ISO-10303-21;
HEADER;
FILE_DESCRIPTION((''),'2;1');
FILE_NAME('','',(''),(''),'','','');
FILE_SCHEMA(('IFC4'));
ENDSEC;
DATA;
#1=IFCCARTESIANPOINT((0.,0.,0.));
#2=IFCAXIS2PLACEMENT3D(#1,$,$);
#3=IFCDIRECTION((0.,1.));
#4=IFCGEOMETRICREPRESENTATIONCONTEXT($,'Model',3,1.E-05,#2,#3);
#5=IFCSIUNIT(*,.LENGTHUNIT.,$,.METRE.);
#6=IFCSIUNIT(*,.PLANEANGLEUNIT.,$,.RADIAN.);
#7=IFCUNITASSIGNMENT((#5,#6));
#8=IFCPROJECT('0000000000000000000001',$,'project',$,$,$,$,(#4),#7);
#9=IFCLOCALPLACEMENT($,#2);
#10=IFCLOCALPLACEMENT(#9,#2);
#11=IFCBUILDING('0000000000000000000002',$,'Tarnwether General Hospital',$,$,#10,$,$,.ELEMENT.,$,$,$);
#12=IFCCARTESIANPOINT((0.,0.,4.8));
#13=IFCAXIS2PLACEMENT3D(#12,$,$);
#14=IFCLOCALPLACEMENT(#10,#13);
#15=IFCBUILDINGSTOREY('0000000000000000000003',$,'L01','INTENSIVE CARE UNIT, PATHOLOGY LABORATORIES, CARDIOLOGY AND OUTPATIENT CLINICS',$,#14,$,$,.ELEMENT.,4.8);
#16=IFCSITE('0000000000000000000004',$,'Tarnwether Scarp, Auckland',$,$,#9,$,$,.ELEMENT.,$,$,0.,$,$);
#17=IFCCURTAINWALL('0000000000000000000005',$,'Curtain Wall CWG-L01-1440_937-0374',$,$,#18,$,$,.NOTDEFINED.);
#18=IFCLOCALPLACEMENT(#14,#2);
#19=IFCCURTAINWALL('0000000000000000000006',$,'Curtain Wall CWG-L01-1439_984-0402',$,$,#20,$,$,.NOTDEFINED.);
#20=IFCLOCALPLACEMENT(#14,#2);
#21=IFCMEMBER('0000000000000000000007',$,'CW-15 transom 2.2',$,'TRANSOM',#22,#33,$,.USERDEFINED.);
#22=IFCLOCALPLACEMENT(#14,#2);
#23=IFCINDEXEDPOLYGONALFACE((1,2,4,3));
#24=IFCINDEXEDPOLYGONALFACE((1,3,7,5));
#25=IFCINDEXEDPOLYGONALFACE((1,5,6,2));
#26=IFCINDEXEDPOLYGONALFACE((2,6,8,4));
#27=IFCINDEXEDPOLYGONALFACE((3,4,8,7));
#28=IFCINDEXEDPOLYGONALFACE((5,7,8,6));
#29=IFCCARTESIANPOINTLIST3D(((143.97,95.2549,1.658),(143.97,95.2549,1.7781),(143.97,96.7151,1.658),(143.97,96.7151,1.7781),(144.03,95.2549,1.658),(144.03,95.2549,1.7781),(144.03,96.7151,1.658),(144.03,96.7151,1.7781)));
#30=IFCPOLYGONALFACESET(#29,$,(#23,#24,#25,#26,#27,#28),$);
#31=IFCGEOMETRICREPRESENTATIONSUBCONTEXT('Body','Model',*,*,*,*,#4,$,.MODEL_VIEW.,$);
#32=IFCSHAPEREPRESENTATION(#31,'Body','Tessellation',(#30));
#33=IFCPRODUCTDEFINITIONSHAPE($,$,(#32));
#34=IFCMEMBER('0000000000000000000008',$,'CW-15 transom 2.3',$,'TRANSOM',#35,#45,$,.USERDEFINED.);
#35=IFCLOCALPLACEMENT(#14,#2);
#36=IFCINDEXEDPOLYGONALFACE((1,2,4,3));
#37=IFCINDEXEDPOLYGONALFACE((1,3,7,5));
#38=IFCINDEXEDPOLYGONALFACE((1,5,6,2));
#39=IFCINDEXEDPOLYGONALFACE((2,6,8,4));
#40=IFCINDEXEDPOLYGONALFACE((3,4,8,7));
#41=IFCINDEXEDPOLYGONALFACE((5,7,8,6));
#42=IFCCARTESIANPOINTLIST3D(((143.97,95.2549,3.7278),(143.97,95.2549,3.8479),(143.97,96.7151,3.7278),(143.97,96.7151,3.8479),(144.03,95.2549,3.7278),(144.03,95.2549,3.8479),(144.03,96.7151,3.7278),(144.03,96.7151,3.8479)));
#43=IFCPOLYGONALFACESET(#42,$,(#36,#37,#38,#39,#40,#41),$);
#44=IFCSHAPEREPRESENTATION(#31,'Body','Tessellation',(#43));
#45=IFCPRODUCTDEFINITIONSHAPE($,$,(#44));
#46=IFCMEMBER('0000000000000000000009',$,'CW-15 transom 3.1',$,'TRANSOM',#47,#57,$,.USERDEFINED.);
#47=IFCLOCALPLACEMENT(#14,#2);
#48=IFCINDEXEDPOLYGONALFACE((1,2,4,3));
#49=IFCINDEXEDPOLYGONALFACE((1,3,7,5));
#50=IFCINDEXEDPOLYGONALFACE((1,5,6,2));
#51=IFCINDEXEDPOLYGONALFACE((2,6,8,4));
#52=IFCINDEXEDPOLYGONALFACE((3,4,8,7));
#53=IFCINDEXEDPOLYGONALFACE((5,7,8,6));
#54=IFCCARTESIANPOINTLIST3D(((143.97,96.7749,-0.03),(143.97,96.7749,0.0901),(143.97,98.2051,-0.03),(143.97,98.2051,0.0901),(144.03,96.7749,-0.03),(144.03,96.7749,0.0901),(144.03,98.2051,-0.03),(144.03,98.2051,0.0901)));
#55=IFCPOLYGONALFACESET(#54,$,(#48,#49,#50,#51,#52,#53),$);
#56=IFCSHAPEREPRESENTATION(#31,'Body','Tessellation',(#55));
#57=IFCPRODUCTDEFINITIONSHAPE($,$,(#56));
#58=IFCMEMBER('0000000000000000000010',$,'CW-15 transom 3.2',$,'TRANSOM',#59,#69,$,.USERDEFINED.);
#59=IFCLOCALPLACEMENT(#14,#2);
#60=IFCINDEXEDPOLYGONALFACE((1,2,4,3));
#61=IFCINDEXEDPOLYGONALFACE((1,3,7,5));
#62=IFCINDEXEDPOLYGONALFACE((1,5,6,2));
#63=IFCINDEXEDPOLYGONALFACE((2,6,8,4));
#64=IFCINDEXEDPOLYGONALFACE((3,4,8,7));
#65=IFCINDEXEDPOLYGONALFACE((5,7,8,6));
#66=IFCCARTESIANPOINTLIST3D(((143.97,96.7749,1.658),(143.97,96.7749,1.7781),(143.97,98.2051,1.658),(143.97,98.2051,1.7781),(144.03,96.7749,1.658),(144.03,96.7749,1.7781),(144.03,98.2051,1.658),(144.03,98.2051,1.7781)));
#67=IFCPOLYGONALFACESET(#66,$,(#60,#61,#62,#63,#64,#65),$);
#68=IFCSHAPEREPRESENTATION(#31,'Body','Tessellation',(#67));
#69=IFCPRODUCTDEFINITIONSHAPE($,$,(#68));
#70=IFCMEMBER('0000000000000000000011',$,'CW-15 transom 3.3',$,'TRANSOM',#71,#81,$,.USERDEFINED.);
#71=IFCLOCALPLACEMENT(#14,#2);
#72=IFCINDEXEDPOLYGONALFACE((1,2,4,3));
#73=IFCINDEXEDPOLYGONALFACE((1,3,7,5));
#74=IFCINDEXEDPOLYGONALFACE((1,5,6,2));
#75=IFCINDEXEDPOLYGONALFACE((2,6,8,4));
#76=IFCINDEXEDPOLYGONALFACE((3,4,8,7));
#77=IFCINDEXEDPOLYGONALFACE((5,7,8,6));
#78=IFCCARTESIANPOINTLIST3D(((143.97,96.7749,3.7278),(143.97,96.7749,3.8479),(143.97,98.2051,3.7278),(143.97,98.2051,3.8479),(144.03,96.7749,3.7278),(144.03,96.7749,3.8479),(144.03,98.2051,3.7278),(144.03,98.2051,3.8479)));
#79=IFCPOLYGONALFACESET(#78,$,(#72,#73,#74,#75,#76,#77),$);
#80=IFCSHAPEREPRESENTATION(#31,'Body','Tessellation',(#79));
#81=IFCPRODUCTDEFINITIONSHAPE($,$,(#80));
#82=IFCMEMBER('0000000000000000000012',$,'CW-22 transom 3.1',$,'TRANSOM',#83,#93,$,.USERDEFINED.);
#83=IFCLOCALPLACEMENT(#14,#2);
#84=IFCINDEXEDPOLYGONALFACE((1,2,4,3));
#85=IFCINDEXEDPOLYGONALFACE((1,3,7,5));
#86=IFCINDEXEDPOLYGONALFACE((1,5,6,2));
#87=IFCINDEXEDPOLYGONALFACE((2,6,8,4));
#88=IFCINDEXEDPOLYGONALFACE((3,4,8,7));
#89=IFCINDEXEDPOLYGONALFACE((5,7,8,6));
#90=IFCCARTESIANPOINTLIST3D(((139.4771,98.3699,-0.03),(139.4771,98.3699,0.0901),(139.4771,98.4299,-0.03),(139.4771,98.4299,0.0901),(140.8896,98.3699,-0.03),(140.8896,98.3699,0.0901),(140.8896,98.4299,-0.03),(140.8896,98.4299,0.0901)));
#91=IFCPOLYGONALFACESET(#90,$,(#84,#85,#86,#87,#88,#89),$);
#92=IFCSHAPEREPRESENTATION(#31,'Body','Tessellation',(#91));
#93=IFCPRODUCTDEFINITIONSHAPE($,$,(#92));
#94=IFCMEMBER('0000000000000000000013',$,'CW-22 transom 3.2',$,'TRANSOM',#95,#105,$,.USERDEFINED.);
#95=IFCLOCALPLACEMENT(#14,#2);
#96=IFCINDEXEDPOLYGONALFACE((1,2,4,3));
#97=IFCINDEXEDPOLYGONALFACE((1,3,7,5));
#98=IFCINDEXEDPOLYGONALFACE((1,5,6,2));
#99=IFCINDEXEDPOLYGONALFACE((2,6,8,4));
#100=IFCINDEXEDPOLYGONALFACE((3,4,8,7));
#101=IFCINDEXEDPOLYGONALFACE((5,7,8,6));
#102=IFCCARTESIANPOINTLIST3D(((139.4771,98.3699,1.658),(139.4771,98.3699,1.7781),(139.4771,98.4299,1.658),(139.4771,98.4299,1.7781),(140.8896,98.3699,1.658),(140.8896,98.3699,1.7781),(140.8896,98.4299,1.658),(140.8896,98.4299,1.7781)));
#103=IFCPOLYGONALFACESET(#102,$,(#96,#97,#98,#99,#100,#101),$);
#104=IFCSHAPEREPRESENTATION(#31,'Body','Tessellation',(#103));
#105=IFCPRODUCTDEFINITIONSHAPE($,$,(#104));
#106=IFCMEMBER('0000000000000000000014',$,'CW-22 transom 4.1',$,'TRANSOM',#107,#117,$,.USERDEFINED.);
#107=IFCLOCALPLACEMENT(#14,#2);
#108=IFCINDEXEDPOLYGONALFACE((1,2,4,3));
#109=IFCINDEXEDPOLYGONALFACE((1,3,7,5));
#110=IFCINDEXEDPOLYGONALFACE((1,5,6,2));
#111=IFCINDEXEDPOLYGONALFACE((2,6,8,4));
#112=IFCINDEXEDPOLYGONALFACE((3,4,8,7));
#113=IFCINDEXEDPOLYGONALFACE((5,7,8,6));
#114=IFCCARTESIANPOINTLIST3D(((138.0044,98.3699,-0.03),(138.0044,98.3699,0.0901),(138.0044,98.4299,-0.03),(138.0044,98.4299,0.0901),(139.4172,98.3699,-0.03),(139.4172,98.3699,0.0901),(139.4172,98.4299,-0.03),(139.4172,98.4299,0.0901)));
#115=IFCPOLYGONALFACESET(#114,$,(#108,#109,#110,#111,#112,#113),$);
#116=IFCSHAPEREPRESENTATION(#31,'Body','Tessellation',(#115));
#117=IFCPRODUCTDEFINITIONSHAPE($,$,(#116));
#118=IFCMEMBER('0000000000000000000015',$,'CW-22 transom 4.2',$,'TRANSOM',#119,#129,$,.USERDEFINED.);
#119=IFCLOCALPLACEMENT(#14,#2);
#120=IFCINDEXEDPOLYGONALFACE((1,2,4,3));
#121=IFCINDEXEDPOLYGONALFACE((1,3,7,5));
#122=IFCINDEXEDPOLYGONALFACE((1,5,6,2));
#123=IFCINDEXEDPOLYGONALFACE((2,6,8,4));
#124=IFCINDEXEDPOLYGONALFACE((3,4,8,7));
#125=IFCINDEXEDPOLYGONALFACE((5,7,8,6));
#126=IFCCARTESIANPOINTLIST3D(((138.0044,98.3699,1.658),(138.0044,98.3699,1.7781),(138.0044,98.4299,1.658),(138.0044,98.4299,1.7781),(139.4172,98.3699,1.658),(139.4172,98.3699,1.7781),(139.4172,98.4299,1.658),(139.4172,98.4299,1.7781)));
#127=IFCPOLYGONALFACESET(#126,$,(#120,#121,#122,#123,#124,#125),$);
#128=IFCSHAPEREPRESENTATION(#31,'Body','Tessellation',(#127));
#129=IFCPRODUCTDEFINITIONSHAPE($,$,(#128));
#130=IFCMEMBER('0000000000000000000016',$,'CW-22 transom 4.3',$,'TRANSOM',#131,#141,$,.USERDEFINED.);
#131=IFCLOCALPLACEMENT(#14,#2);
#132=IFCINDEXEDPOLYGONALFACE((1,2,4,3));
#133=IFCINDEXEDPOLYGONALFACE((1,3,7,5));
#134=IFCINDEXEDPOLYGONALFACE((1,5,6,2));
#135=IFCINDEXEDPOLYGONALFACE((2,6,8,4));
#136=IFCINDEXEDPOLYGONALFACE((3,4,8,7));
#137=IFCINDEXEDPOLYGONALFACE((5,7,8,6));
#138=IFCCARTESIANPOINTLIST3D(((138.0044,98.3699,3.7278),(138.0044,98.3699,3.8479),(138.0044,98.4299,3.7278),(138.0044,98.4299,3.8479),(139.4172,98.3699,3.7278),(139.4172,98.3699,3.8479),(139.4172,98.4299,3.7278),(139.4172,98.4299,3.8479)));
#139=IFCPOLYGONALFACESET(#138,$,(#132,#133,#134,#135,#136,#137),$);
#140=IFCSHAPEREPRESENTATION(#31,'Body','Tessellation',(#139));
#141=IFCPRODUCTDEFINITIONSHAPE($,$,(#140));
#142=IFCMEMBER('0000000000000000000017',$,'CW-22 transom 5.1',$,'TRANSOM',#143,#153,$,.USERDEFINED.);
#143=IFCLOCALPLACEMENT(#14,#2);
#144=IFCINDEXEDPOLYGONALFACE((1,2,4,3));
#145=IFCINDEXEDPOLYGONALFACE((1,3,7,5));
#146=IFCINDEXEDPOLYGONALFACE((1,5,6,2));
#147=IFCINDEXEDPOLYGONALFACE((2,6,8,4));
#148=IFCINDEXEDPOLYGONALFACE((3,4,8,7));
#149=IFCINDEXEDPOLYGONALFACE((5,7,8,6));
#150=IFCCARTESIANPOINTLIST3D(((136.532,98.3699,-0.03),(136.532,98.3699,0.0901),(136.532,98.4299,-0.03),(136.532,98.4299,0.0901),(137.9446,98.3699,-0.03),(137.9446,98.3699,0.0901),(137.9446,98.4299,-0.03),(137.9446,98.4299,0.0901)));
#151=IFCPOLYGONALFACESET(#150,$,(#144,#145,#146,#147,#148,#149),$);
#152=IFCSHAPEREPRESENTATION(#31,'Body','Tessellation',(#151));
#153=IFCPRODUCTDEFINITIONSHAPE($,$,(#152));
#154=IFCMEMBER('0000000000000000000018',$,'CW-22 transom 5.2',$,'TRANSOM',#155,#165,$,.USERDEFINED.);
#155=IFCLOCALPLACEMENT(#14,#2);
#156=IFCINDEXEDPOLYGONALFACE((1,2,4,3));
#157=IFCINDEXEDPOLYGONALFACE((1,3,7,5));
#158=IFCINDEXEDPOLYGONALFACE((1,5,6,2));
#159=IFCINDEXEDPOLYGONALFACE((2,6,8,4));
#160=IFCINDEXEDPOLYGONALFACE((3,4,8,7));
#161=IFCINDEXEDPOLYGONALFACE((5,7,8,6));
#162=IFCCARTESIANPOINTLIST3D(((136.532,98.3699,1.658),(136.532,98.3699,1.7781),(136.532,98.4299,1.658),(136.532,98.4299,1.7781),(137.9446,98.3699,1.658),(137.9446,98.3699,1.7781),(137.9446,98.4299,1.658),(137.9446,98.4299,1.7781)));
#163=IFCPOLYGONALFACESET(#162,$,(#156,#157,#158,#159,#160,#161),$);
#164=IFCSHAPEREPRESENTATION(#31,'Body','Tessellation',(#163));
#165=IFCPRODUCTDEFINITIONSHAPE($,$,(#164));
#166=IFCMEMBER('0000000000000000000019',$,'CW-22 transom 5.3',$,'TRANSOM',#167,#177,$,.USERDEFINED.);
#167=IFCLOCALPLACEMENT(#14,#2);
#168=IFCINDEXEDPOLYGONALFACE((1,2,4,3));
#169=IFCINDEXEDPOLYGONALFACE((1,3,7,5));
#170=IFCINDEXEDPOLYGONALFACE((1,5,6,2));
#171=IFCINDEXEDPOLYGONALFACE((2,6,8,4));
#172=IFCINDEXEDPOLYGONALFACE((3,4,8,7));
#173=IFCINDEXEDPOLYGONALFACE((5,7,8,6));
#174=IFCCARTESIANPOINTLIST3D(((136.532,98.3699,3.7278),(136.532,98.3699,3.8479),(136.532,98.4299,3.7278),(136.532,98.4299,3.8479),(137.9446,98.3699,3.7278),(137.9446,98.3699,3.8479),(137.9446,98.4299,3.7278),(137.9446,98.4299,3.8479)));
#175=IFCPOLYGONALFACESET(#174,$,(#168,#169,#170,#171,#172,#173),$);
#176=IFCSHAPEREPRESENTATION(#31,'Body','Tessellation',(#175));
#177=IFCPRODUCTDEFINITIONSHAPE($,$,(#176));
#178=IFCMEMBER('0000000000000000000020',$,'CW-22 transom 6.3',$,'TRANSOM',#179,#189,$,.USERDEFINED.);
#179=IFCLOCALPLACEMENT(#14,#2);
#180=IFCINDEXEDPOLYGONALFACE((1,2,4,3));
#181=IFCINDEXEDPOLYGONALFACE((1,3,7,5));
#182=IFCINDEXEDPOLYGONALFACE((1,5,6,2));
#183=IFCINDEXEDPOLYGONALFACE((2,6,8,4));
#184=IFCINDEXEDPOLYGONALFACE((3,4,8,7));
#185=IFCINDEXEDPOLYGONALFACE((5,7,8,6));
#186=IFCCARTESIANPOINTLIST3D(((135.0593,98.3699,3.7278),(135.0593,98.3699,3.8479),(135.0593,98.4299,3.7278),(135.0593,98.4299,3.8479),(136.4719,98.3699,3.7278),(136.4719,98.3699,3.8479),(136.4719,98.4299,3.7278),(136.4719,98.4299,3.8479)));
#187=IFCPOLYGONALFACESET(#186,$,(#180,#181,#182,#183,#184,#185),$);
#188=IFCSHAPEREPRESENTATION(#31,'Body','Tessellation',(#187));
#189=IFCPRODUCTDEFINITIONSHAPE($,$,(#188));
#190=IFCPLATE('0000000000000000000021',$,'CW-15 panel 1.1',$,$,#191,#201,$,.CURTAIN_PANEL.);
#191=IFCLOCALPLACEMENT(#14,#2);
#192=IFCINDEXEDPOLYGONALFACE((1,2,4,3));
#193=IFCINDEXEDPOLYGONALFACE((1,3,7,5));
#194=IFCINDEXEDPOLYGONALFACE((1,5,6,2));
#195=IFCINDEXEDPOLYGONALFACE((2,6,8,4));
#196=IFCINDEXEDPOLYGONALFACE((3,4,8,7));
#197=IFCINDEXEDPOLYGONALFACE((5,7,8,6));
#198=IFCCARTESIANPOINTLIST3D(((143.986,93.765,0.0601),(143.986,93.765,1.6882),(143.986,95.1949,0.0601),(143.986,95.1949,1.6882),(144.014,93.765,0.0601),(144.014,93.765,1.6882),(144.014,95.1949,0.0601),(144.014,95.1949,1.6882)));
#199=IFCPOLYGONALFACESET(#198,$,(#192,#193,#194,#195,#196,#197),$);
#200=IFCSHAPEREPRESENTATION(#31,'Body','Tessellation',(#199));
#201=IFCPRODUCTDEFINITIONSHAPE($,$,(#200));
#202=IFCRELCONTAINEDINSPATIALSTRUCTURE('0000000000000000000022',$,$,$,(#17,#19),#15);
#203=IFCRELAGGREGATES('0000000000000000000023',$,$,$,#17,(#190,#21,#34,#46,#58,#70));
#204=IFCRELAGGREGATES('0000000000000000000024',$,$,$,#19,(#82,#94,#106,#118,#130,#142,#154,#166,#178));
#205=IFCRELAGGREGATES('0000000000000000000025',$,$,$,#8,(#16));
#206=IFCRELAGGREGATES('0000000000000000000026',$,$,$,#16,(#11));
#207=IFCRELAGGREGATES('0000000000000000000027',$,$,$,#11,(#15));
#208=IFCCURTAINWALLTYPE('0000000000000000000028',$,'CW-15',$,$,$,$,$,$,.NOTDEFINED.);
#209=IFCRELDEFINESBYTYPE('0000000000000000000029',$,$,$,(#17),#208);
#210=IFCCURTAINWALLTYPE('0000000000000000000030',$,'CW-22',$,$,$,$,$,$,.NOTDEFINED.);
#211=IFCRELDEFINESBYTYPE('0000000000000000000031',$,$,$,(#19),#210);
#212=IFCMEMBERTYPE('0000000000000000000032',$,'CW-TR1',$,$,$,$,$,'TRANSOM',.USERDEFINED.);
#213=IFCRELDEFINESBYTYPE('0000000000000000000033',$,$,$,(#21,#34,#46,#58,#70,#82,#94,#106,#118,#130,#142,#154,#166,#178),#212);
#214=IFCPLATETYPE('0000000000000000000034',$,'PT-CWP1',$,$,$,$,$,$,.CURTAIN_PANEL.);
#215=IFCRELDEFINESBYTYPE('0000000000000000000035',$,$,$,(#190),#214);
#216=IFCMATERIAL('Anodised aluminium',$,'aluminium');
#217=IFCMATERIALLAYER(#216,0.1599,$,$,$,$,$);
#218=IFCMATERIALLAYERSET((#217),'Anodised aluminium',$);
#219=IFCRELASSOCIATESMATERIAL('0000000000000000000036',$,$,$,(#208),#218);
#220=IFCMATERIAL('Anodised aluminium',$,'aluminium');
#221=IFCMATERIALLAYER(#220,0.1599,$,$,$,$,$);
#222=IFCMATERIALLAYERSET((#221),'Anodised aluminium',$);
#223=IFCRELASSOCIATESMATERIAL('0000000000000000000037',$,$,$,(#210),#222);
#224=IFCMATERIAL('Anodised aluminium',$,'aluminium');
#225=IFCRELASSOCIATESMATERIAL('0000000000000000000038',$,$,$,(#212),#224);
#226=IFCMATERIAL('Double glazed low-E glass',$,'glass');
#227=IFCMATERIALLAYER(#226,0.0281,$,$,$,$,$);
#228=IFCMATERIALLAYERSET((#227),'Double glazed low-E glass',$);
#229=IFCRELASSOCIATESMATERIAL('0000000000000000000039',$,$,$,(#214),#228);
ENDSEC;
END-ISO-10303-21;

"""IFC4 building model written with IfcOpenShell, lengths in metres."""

from ifc_helpers import new_model, si_unit, direction, frame, origin, origin_2d, place, context, subcontext, project, spatial, rectangle, extrude, material, layer, layer_set, material_profile, profile_set, type_object, element, aggregate, save


model = new_model("IFC4")

# Units and contexts
model_context = context("Model", 3, precision=1e-05, world=origin(), true_north=direction((0.0, 1.0)))
body_context = subcontext(model_context, "Body", "Model", "MODEL_VIEW")
ifc_project = project(units=[si_unit("LENGTHUNIT", "METRE"), si_unit("PLANEANGLEUNIT", "RADIAN")], contexts=[model_context])

# Site, building, storey
site_placement = place(None, origin())
site = spatial("IfcSite", under=ifc_project, at=site_placement, Name="Tarnwether Scarp, Auckland", CompositionType="ELEMENT", RefElevation=0.0)
building_placement = place(site_placement, origin())
building = spatial("IfcBuilding", under=site, at=building_placement, Name="Tarnwether General Hospital", CompositionType="ELEMENT")
storey_placement = place(building_placement, frame((0.0, 0.0, 4.8)))
storey = spatial("IfcBuildingStorey", under=building, at=storey_placement, Name="L01", Description="INTENSIVE CARE UNIT, PATHOLOGY LABORATORIES, CARDIOLOGY AND OUTPATIENT CLINICS", CompositionType="ELEMENT", Elevation=4.8)

# Curtain walls
ifc_material_1 = material(Name="Anodised aluminium", Category="aluminium")
ifc_layer_1 = layer(ifc_material_1, 0.1599)
ifc_layer_set_1 = layer_set([ifc_layer_1], Name="Anodised aluminium")
curtain_wall_type_1 = type_object("IfcCurtainWallType", Name="CW-15", PredefinedType="NOTDEFINED", material=ifc_layer_set_1)
curtain_wall_1_placement = place(storey_placement, origin())
curtain_wall_1 = element("IfcCurtainWall", 1, at=curtain_wall_1_placement, inside=storey, type_object=curtain_wall_type_1, Name="Curtain Wall CWG-L01-1440_937-0374", PredefinedType="NOTDEFINED")
ifc_material_2 = material(Name="Anodised aluminium", Category="aluminium")
ifc_layer_2 = layer(ifc_material_2, 0.1599)
ifc_layer_set_2 = layer_set([ifc_layer_2], Name="Anodised aluminium")
curtain_wall_type_2 = type_object("IfcCurtainWallType", Name="CW-22", PredefinedType="NOTDEFINED", material=ifc_layer_set_2)
curtain_wall_2_placement = place(storey_placement, origin())
curtain_wall_2 = element("IfcCurtainWall", 2, at=curtain_wall_2_placement, inside=storey, type_object=curtain_wall_type_2, Name="Curtain Wall CWG-L01-1439_984-0402", PredefinedType="NOTDEFINED")

# Members
ifc_material_3 = material(Name="Anodised aluminium", Category="aluminium")
ifc_material_profile_1 = material_profile(ifc_material_3, rectangle(XDim=0.0601, YDim=0.1201, at=origin_2d()), Name="ALU-TRN-60x120")
ifc_profile_set_1 = profile_set([ifc_material_profile_1], Name="Anodised aluminium")
member_type_1 = type_object("IfcMemberType", Name="CW-TR1", ElementType="TRANSOM", PredefinedType="USERDEFINED", material=ifc_profile_set_1)
member_1_placement = place(storey_placement, frame((144.0, 95.2549, 1.718), z_axis=(0.0, 1.0, 0.0), x_axis=(-1.0, 0.0, 0.0)))
member_1 = element("IfcMember", 3, at=member_1_placement, type_object=member_type_1, Name="CW-15 transom 2.2", ObjectType="TRANSOM", PredefinedType="USERDEFINED", context=body_context, shape_type="SweptSolid", body=[
    extrude(rectangle(XDim=0.0601, YDim=0.1201, at=origin_2d()), origin(), (0.0, 0.0, 1.0), 1.4602),
])
member_2_placement = place(storey_placement, frame((144.0, 95.2549, 3.7878), z_axis=(0.0, 1.0, 0.0), x_axis=(-1.0, 0.0, 0.0)))
member_2 = element("IfcMember", 4, at=member_2_placement, type_object=member_type_1, Name="CW-15 transom 2.3", ObjectType="TRANSOM", PredefinedType="USERDEFINED", context=body_context, shape_type="SweptSolid", body=[
    extrude(rectangle(XDim=0.0601, YDim=0.1201, at=origin_2d()), origin(), (0.0, 0.0, 1.0), 1.4602),
])
member_3_placement = place(storey_placement, frame((144.0, 96.7749, 0.03), z_axis=(0.0, 1.0, 0.0), x_axis=(-1.0, 0.0, 0.0)))
member_3 = element("IfcMember", 5, at=member_3_placement, type_object=member_type_1, Name="CW-15 transom 3.1", ObjectType="TRANSOM", PredefinedType="USERDEFINED", context=body_context, shape_type="SweptSolid", body=[
    extrude(rectangle(XDim=0.0601, YDim=0.1201, at=origin_2d()), origin(), (0.0, 0.0, 1.0), 1.4302),
])
member_4_placement = place(storey_placement, frame((144.0, 96.7749, 1.718), z_axis=(0.0, 1.0, 0.0), x_axis=(-1.0, 0.0, 0.0)))
member_4 = element("IfcMember", 6, at=member_4_placement, type_object=member_type_1, Name="CW-15 transom 3.2", ObjectType="TRANSOM", PredefinedType="USERDEFINED", context=body_context, shape_type="SweptSolid", body=[
    extrude(rectangle(XDim=0.0601, YDim=0.1201, at=origin_2d()), origin(), (0.0, 0.0, 1.0), 1.4302),
])
member_5_placement = place(storey_placement, frame((144.0, 96.7749, 3.7878), z_axis=(0.0, 1.0, 0.0), x_axis=(-1.0, 0.0, 0.0)))
member_5 = element("IfcMember", 7, at=member_5_placement, type_object=member_type_1, Name="CW-15 transom 3.3", ObjectType="TRANSOM", PredefinedType="USERDEFINED", context=body_context, shape_type="SweptSolid", body=[
    extrude(rectangle(XDim=0.0601, YDim=0.1201, at=origin_2d()), origin(), (0.0, 0.0, 1.0), 1.4302),
])
member_6_placement = place(storey_placement, frame((140.8896, 98.3999, 0.03), z_axis=(-1.0, 0.0, 0.0), x_axis=(0.0, -1.0, 0.0)))
member_6 = element("IfcMember", 8, at=member_6_placement, type_object=member_type_1, Name="CW-22 transom 3.1", ObjectType="TRANSOM", PredefinedType="USERDEFINED", context=body_context, shape_type="SweptSolid", body=[
    extrude(rectangle(XDim=0.0601, YDim=0.1201, at=origin_2d()), origin(), (0.0, 0.0, 1.0), 1.4126),
])
member_7_placement = place(storey_placement, frame((140.8896, 98.3999, 1.718), z_axis=(-1.0, 0.0, 0.0), x_axis=(0.0, -1.0, 0.0)))
member_7 = element("IfcMember", 9, at=member_7_placement, type_object=member_type_1, Name="CW-22 transom 3.2", ObjectType="TRANSOM", PredefinedType="USERDEFINED", context=body_context, shape_type="SweptSolid", body=[
    extrude(rectangle(XDim=0.0601, YDim=0.1201, at=origin_2d()), origin(), (0.0, 0.0, 1.0), 1.4126),
])
member_8_placement = place(storey_placement, frame((139.4172, 98.3999, 0.03), z_axis=(-1.0, 0.0, 0.0), x_axis=(0.0, -1.0, 0.0)))
member_8 = element("IfcMember", 10, at=member_8_placement, type_object=member_type_1, Name="CW-22 transom 4.1", ObjectType="TRANSOM", PredefinedType="USERDEFINED", context=body_context, shape_type="SweptSolid", body=[
    extrude(rectangle(XDim=0.0601, YDim=0.1201, at=origin_2d()), origin(), (0.0, 0.0, 1.0), 1.4128),
])
member_9_placement = place(storey_placement, frame((139.4172, 98.3999, 1.718), z_axis=(-1.0, 0.0, 0.0), x_axis=(0.0, -1.0, 0.0)))
member_9 = element("IfcMember", 11, at=member_9_placement, type_object=member_type_1, Name="CW-22 transom 4.2", ObjectType="TRANSOM", PredefinedType="USERDEFINED", context=body_context, shape_type="SweptSolid", body=[
    extrude(rectangle(XDim=0.0601, YDim=0.1201, at=origin_2d()), origin(), (0.0, 0.0, 1.0), 1.4128),
])
member_10_placement = place(storey_placement, frame((139.4172, 98.3999, 3.7878), z_axis=(-1.0, 0.0, 0.0), x_axis=(0.0, -1.0, 0.0)))
member_10 = element("IfcMember", 12, at=member_10_placement, type_object=member_type_1, Name="CW-22 transom 4.3", ObjectType="TRANSOM", PredefinedType="USERDEFINED", context=body_context, shape_type="SweptSolid", body=[
    extrude(rectangle(XDim=0.0601, YDim=0.1201, at=origin_2d()), origin(), (0.0, 0.0, 1.0), 1.4128),
])
member_11_placement = place(storey_placement, frame((137.9446, 98.3999, 0.03), z_axis=(-1.0, 0.0, 0.0), x_axis=(0.0, -1.0, 0.0)))
member_11 = element("IfcMember", 13, at=member_11_placement, type_object=member_type_1, Name="CW-22 transom 5.1", ObjectType="TRANSOM", PredefinedType="USERDEFINED", context=body_context, shape_type="SweptSolid", body=[
    extrude(rectangle(XDim=0.0601, YDim=0.1201, at=origin_2d()), origin(), (0.0, 0.0, 1.0), 1.4126),
])
member_12_placement = place(storey_placement, frame((137.9446, 98.3999, 1.718), z_axis=(-1.0, 0.0, 0.0), x_axis=(0.0, -1.0, 0.0)))
member_12 = element("IfcMember", 14, at=member_12_placement, type_object=member_type_1, Name="CW-22 transom 5.2", ObjectType="TRANSOM", PredefinedType="USERDEFINED", context=body_context, shape_type="SweptSolid", body=[
    extrude(rectangle(XDim=0.0601, YDim=0.1201, at=origin_2d()), origin(), (0.0, 0.0, 1.0), 1.4126),
])
member_13_placement = place(storey_placement, frame((137.9446, 98.3999, 3.7878), z_axis=(-1.0, 0.0, 0.0), x_axis=(0.0, -1.0, 0.0)))
member_13 = element("IfcMember", 15, at=member_13_placement, type_object=member_type_1, Name="CW-22 transom 5.3", ObjectType="TRANSOM", PredefinedType="USERDEFINED", context=body_context, shape_type="SweptSolid", body=[
    extrude(rectangle(XDim=0.0601, YDim=0.1201, at=origin_2d()), origin(), (0.0, 0.0, 1.0), 1.4126),
])
member_14_placement = place(storey_placement, frame((136.4719, 98.3999, 3.7878), z_axis=(-1.0, 0.0, 0.0), x_axis=(0.0, -1.0, 0.0)))
member_14 = element("IfcMember", 16, at=member_14_placement, type_object=member_type_1, Name="CW-22 transom 6.3", ObjectType="TRANSOM", PredefinedType="USERDEFINED", context=body_context, shape_type="SweptSolid", body=[
    extrude(rectangle(XDim=0.0601, YDim=0.1201, at=origin_2d()), origin(), (0.0, 0.0, 1.0), 1.4126),
])

# Plate
ifc_material_4 = material(Name="Double glazed low-E glass", Category="glass")
ifc_layer_3 = layer(ifc_material_4, 0.0281)
ifc_layer_set_3 = layer_set([ifc_layer_3], Name="Double glazed low-E glass")
plate_type = type_object("IfcPlateType", Name="PT-CWP1", PredefinedType="CURTAIN_PANEL", material=ifc_layer_set_3)
plate_1_placement = place(storey_placement, frame((144.0, 94.48, 0.0601), z_axis=(0.0, 0.0, 1.0), x_axis=(0.0, 1.0, 0.0)))
plate_1 = element("IfcPlate", 17, at=plate_1_placement, type_object=plate_type, Name="CW-15 panel 1.1", PredefinedType="CURTAIN_PANEL", context=body_context, shape_type="SweptSolid", body=[
    extrude(rectangle(XDim=1.4299, YDim=0.0281, at=origin_2d()), origin(), (0.0, 0.0, 1.0), 1.6282),
])
aggregate(curtain_wall_1, [plate_1, member_1, member_2, member_3, member_4, member_5])
aggregate(curtain_wall_2, [member_6, member_7, member_8, member_9, member_10, member_11, member_12, member_13, member_14])

save(model, "model.ifc")
